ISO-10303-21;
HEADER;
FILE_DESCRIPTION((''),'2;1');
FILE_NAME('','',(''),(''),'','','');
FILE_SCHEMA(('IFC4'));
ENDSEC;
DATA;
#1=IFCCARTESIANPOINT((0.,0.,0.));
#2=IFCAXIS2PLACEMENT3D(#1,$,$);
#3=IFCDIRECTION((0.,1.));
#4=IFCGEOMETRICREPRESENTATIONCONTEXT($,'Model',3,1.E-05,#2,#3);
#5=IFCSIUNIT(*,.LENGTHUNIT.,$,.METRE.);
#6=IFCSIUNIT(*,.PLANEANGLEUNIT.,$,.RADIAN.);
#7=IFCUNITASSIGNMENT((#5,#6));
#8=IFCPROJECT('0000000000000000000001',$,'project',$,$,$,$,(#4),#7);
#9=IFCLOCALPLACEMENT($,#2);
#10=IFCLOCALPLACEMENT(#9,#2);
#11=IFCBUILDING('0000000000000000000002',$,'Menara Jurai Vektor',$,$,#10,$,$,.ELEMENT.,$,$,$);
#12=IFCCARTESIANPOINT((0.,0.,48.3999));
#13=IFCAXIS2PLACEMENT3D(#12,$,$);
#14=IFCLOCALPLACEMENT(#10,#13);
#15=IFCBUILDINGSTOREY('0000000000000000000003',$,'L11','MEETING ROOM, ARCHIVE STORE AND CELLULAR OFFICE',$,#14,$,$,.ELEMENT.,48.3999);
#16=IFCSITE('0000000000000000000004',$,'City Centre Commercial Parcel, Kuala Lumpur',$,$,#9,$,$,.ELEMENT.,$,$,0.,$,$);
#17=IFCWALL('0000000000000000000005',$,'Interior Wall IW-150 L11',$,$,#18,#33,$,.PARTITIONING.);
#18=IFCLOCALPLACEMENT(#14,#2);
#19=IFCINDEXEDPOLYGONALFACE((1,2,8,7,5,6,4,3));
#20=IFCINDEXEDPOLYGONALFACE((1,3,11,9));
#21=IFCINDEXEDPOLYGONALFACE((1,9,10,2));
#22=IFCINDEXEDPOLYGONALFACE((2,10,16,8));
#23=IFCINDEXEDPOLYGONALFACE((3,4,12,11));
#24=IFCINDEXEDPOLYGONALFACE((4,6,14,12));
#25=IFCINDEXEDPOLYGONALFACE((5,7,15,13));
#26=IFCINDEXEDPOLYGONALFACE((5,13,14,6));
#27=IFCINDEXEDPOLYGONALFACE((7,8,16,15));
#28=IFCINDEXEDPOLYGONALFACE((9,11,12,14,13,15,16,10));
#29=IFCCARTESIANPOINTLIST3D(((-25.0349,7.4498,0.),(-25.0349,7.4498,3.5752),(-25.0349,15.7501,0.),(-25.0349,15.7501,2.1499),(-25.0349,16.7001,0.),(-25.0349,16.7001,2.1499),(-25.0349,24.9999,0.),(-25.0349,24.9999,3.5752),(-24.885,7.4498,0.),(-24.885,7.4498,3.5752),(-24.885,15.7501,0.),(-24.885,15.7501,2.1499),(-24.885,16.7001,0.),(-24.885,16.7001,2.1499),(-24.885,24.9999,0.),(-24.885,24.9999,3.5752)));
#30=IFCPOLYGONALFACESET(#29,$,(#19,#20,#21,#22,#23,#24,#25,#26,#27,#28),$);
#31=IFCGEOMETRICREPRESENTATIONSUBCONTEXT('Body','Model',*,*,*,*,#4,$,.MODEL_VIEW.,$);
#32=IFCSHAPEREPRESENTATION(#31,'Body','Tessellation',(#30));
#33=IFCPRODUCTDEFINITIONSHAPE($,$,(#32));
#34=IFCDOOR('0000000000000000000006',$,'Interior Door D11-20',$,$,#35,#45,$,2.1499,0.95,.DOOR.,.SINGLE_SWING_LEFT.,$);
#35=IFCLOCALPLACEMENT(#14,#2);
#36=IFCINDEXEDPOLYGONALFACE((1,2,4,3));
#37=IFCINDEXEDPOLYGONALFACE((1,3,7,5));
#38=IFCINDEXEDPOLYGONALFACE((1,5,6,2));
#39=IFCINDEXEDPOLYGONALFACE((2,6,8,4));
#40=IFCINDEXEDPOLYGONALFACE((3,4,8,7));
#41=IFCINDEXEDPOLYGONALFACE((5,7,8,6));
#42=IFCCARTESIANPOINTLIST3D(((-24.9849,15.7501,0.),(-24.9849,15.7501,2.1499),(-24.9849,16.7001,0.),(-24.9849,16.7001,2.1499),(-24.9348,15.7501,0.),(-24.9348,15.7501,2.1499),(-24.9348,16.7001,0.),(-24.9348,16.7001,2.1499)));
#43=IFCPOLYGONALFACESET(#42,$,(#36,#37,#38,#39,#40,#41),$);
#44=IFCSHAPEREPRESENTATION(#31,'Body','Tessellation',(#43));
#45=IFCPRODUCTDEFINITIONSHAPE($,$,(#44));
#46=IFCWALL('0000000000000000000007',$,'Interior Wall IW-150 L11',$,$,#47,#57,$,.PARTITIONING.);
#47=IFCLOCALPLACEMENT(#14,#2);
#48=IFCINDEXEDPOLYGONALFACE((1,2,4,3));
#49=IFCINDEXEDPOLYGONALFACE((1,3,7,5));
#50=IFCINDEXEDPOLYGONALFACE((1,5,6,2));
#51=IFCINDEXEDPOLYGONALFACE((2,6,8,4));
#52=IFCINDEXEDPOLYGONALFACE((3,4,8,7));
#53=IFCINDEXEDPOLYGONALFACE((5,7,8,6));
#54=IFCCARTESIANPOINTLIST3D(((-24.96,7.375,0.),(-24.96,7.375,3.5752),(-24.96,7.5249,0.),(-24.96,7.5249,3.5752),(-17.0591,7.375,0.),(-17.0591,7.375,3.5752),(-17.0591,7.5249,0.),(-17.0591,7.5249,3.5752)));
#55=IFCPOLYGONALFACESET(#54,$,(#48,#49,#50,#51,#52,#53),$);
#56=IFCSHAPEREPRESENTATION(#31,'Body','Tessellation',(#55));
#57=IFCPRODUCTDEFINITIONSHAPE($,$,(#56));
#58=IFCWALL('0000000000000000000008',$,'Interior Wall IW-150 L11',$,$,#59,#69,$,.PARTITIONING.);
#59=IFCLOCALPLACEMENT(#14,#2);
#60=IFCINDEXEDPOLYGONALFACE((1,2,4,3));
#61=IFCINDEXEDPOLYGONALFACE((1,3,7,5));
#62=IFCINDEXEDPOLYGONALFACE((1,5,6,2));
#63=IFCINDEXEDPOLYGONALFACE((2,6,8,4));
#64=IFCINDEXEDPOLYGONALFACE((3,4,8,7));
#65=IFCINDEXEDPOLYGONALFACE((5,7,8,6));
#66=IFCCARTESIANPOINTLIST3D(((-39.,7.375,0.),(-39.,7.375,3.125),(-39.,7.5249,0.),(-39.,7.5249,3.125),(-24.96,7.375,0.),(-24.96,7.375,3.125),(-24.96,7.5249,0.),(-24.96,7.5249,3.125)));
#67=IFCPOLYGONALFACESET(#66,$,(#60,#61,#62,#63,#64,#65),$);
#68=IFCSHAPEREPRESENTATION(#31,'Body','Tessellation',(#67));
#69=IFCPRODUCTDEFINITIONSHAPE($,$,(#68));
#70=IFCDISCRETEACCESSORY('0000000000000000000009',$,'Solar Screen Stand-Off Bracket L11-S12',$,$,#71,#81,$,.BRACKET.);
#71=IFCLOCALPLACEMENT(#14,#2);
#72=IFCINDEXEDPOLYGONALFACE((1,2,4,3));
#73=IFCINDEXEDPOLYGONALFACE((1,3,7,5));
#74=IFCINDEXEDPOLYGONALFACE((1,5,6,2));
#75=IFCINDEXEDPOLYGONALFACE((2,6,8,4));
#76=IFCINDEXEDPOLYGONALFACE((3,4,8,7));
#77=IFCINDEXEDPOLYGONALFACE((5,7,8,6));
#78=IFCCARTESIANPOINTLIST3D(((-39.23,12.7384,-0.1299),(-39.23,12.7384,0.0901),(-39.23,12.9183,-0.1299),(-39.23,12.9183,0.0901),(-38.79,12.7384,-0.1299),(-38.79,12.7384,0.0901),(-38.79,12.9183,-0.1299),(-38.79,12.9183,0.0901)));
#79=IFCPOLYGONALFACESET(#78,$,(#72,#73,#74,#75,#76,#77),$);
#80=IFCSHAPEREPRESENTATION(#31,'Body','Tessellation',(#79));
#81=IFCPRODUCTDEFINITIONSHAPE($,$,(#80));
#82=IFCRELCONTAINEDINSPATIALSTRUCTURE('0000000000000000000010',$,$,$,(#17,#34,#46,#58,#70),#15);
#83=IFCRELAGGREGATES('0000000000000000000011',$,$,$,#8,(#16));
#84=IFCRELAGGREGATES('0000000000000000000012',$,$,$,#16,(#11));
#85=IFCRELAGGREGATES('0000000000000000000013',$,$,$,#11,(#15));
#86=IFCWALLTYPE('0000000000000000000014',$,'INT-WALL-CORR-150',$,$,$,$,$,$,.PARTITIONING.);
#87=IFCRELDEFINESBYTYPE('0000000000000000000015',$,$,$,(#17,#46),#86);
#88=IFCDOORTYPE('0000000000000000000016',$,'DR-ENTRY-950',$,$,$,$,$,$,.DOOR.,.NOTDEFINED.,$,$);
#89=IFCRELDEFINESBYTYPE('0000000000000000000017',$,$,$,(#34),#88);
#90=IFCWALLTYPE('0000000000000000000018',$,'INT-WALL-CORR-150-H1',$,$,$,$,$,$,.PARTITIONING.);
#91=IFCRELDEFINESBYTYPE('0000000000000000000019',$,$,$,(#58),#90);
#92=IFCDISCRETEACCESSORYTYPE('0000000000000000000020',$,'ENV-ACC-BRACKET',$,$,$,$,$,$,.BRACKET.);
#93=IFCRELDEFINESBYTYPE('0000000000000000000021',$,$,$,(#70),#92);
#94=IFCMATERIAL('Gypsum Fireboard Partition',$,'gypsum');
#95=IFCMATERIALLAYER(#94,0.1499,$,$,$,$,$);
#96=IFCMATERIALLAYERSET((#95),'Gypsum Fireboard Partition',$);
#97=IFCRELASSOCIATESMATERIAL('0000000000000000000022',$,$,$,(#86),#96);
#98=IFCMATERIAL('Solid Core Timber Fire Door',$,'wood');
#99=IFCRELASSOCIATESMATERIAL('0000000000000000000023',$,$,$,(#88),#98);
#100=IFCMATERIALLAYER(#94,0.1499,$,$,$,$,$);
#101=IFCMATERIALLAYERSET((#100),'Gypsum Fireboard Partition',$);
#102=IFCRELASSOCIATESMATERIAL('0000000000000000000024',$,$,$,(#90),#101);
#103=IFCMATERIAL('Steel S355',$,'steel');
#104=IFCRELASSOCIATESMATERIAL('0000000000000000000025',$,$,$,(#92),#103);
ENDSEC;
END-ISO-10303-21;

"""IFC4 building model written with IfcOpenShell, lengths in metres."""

from ifc_helpers import new_model, si_unit, direction, frame, frame_2d, origin, origin_2d, place, context, subcontext, project, spatial, rectangle, extrude, material, layer, layer_set, type_object, element, fill, save


model = new_model("IFC4")

# Units and contexts
model_context = context("Model", 3, precision=1e-05, world=origin(), true_north=direction((0.0, 1.0)))
body_context = subcontext(model_context, "Body", "Model", "MODEL_VIEW")
ifc_project = project(units=[si_unit("LENGTHUNIT", "METRE"), si_unit("PLANEANGLEUNIT", "RADIAN")], contexts=[model_context])

# Site, building, storey
site_placement = place(None, origin())
site = spatial("IfcSite", under=ifc_project, at=site_placement, Name="City Centre Commercial Parcel, Kuala Lumpur", CompositionType="ELEMENT", RefElevation=0.0)
building_placement = place(site_placement, origin())
building = spatial("IfcBuilding", under=site, at=building_placement, Name="Menara Jurai Vektor", CompositionType="ELEMENT")
storey_placement = place(building_placement, frame((0.0, 0.0, 48.3999)))
storey = spatial("IfcBuildingStorey", under=building, at=storey_placement, Name="L11", Description="MEETING ROOM, ARCHIVE STORE AND CELLULAR OFFICE", CompositionType="ELEMENT", Elevation=48.3999)

# Shared definitions
ifc_material_1 = material(Name="Steel S355", Category="steel")

# Wall, opening, door
ifc_material_2 = material(Name="Gypsum Fireboard Partition", Category="gypsum")
ifc_layer_1 = layer(ifc_material_2, 0.1499)
ifc_layer_set_1 = layer_set([ifc_layer_1], Name="Gypsum Fireboard Partition")
wall_type_1 = type_object("IfcWallType", Name="INT-WALL-CORR-150", PredefinedType="PARTITIONING", material=ifc_layer_set_1)
ifc_material_3 = material(Name="Solid Core Timber Fire Door", Category="wood")
door_type = type_object("IfcDoorType", Name="DR-ENTRY-950", OperationType="NOTDEFINED", PredefinedType="DOOR", material=ifc_material_3)
wall_1_placement = place(storey_placement, frame((-24.96, 7.45, 0.0), z_axis=(0.0, 0.0, 1.0), x_axis=(0.0, 1.0, 0.0)))
wall_1 = element("IfcWall", 1, at=wall_1_placement, inside=storey, type_object=wall_type_1, Name="Interior Wall IW-150 L11", PredefinedType="PARTITIONING", context=body_context, shape_type="SweptSolid", body=[
    extrude(rectangle(XDim=17.55, YDim=0.1499, at=frame_2d((8.7749, 0.0))), origin(), (0.0, 0.0, 1.0), 3.5752),
])
opening_1_placement = place(wall_1_placement, frame((8.3, 0.0, 0.0)))
opening_1 = element("IfcOpeningElement", 2, at=opening_1_placement, cuts=wall_1, PredefinedType="OPENING", context=body_context, shape_type="SweptSolid", body=[
    extrude(rectangle(XDim=0.95, YDim=2.1499, at=frame_2d((0.4751, 1.075))), frame((0.0, 0.085, 0.0), z_axis=(0.0, -1.0, 0.0), x_axis=(1.0, 0.0, 0.0)), (0.0, 0.0, 1.0), 0.1699),
])
door_1_placement = place(opening_1_placement, origin())
door_1 = element("IfcDoor", 3, at=door_1_placement, inside=storey, type_object=door_type, Name="Interior Door D11-20", OperationType="SINGLE_SWING_LEFT", OverallHeight=2.1499, OverallWidth=0.95, PredefinedType="DOOR", context=body_context, shape_type="SweptSolid", body=[
    extrude(rectangle(XDim=0.95, YDim=2.1499, at=frame_2d((0.4751, 1.075))), frame((0.0, 0.0249, 0.0), z_axis=(0.0, -1.0, 0.0), x_axis=(1.0, 0.0, 0.0)), (0.0, 0.0, 1.0), 0.05),
])
fill(opening_1, door_1)

# Walls
wall_2_placement = place(storey_placement, frame((-24.96, 7.45, 0.0), z_axis=(0.0, 0.0, 1.0), x_axis=(1.0, 0.0, 0.0)))
element("IfcWall", 4, at=wall_2_placement, inside=storey, type_object=wall_type_1, Name="Interior Wall IW-150 L11", PredefinedType="PARTITIONING", context=body_context, shape_type="SweptSolid", body=[
    extrude(rectangle(XDim=7.9009, YDim=0.1499, at=frame_2d((3.9504, 0.0))), origin(), (0.0, 0.0, 1.0), 3.5752),
])
ifc_layer_2 = layer(ifc_material_2, 0.1499)
ifc_layer_set_2 = layer_set([ifc_layer_2], Name="Gypsum Fireboard Partition")
wall_type_2 = type_object("IfcWallType", Name="INT-WALL-CORR-150-H1", PredefinedType="PARTITIONING", material=ifc_layer_set_2)
wall_3_placement = place(storey_placement, frame((-39.0, 7.45, 0.0), z_axis=(0.0, 0.0, 1.0), x_axis=(1.0, 0.0, 0.0)))
element("IfcWall", 5, at=wall_3_placement, inside=storey, type_object=wall_type_2, Name="Interior Wall IW-150 L11", PredefinedType="PARTITIONING", context=body_context, shape_type="SweptSolid", body=[
    extrude(rectangle(XDim=14.04, YDim=0.1499, at=frame_2d((7.02, 0.0))), origin(), (0.0, 0.0, 1.0), 3.125),
])

# Discrete accessory
discrete_accessory_type = type_object("IfcDiscreteAccessoryType", Name="ENV-ACC-BRACKET", PredefinedType="BRACKET", material=ifc_material_1)
discrete_accessory_placement = place(storey_placement, frame((-39.01, 12.8284, -0.1299), z_axis=(0.0, 0.0, 1.0), x_axis=(0.0, -1.0, 0.0)))
element("IfcDiscreteAccessory", 6, at=discrete_accessory_placement, inside=storey, type_object=discrete_accessory_type, Name="Solar Screen Stand-Off Bracket L11-S12", PredefinedType="BRACKET", context=body_context, shape_type="SweptSolid", body=[
    extrude(rectangle(XDim=0.1799, YDim=0.4399, at=origin_2d()), origin(), (0.0, 0.0, 1.0), 0.22),
])

save(model, "model.ifc")
